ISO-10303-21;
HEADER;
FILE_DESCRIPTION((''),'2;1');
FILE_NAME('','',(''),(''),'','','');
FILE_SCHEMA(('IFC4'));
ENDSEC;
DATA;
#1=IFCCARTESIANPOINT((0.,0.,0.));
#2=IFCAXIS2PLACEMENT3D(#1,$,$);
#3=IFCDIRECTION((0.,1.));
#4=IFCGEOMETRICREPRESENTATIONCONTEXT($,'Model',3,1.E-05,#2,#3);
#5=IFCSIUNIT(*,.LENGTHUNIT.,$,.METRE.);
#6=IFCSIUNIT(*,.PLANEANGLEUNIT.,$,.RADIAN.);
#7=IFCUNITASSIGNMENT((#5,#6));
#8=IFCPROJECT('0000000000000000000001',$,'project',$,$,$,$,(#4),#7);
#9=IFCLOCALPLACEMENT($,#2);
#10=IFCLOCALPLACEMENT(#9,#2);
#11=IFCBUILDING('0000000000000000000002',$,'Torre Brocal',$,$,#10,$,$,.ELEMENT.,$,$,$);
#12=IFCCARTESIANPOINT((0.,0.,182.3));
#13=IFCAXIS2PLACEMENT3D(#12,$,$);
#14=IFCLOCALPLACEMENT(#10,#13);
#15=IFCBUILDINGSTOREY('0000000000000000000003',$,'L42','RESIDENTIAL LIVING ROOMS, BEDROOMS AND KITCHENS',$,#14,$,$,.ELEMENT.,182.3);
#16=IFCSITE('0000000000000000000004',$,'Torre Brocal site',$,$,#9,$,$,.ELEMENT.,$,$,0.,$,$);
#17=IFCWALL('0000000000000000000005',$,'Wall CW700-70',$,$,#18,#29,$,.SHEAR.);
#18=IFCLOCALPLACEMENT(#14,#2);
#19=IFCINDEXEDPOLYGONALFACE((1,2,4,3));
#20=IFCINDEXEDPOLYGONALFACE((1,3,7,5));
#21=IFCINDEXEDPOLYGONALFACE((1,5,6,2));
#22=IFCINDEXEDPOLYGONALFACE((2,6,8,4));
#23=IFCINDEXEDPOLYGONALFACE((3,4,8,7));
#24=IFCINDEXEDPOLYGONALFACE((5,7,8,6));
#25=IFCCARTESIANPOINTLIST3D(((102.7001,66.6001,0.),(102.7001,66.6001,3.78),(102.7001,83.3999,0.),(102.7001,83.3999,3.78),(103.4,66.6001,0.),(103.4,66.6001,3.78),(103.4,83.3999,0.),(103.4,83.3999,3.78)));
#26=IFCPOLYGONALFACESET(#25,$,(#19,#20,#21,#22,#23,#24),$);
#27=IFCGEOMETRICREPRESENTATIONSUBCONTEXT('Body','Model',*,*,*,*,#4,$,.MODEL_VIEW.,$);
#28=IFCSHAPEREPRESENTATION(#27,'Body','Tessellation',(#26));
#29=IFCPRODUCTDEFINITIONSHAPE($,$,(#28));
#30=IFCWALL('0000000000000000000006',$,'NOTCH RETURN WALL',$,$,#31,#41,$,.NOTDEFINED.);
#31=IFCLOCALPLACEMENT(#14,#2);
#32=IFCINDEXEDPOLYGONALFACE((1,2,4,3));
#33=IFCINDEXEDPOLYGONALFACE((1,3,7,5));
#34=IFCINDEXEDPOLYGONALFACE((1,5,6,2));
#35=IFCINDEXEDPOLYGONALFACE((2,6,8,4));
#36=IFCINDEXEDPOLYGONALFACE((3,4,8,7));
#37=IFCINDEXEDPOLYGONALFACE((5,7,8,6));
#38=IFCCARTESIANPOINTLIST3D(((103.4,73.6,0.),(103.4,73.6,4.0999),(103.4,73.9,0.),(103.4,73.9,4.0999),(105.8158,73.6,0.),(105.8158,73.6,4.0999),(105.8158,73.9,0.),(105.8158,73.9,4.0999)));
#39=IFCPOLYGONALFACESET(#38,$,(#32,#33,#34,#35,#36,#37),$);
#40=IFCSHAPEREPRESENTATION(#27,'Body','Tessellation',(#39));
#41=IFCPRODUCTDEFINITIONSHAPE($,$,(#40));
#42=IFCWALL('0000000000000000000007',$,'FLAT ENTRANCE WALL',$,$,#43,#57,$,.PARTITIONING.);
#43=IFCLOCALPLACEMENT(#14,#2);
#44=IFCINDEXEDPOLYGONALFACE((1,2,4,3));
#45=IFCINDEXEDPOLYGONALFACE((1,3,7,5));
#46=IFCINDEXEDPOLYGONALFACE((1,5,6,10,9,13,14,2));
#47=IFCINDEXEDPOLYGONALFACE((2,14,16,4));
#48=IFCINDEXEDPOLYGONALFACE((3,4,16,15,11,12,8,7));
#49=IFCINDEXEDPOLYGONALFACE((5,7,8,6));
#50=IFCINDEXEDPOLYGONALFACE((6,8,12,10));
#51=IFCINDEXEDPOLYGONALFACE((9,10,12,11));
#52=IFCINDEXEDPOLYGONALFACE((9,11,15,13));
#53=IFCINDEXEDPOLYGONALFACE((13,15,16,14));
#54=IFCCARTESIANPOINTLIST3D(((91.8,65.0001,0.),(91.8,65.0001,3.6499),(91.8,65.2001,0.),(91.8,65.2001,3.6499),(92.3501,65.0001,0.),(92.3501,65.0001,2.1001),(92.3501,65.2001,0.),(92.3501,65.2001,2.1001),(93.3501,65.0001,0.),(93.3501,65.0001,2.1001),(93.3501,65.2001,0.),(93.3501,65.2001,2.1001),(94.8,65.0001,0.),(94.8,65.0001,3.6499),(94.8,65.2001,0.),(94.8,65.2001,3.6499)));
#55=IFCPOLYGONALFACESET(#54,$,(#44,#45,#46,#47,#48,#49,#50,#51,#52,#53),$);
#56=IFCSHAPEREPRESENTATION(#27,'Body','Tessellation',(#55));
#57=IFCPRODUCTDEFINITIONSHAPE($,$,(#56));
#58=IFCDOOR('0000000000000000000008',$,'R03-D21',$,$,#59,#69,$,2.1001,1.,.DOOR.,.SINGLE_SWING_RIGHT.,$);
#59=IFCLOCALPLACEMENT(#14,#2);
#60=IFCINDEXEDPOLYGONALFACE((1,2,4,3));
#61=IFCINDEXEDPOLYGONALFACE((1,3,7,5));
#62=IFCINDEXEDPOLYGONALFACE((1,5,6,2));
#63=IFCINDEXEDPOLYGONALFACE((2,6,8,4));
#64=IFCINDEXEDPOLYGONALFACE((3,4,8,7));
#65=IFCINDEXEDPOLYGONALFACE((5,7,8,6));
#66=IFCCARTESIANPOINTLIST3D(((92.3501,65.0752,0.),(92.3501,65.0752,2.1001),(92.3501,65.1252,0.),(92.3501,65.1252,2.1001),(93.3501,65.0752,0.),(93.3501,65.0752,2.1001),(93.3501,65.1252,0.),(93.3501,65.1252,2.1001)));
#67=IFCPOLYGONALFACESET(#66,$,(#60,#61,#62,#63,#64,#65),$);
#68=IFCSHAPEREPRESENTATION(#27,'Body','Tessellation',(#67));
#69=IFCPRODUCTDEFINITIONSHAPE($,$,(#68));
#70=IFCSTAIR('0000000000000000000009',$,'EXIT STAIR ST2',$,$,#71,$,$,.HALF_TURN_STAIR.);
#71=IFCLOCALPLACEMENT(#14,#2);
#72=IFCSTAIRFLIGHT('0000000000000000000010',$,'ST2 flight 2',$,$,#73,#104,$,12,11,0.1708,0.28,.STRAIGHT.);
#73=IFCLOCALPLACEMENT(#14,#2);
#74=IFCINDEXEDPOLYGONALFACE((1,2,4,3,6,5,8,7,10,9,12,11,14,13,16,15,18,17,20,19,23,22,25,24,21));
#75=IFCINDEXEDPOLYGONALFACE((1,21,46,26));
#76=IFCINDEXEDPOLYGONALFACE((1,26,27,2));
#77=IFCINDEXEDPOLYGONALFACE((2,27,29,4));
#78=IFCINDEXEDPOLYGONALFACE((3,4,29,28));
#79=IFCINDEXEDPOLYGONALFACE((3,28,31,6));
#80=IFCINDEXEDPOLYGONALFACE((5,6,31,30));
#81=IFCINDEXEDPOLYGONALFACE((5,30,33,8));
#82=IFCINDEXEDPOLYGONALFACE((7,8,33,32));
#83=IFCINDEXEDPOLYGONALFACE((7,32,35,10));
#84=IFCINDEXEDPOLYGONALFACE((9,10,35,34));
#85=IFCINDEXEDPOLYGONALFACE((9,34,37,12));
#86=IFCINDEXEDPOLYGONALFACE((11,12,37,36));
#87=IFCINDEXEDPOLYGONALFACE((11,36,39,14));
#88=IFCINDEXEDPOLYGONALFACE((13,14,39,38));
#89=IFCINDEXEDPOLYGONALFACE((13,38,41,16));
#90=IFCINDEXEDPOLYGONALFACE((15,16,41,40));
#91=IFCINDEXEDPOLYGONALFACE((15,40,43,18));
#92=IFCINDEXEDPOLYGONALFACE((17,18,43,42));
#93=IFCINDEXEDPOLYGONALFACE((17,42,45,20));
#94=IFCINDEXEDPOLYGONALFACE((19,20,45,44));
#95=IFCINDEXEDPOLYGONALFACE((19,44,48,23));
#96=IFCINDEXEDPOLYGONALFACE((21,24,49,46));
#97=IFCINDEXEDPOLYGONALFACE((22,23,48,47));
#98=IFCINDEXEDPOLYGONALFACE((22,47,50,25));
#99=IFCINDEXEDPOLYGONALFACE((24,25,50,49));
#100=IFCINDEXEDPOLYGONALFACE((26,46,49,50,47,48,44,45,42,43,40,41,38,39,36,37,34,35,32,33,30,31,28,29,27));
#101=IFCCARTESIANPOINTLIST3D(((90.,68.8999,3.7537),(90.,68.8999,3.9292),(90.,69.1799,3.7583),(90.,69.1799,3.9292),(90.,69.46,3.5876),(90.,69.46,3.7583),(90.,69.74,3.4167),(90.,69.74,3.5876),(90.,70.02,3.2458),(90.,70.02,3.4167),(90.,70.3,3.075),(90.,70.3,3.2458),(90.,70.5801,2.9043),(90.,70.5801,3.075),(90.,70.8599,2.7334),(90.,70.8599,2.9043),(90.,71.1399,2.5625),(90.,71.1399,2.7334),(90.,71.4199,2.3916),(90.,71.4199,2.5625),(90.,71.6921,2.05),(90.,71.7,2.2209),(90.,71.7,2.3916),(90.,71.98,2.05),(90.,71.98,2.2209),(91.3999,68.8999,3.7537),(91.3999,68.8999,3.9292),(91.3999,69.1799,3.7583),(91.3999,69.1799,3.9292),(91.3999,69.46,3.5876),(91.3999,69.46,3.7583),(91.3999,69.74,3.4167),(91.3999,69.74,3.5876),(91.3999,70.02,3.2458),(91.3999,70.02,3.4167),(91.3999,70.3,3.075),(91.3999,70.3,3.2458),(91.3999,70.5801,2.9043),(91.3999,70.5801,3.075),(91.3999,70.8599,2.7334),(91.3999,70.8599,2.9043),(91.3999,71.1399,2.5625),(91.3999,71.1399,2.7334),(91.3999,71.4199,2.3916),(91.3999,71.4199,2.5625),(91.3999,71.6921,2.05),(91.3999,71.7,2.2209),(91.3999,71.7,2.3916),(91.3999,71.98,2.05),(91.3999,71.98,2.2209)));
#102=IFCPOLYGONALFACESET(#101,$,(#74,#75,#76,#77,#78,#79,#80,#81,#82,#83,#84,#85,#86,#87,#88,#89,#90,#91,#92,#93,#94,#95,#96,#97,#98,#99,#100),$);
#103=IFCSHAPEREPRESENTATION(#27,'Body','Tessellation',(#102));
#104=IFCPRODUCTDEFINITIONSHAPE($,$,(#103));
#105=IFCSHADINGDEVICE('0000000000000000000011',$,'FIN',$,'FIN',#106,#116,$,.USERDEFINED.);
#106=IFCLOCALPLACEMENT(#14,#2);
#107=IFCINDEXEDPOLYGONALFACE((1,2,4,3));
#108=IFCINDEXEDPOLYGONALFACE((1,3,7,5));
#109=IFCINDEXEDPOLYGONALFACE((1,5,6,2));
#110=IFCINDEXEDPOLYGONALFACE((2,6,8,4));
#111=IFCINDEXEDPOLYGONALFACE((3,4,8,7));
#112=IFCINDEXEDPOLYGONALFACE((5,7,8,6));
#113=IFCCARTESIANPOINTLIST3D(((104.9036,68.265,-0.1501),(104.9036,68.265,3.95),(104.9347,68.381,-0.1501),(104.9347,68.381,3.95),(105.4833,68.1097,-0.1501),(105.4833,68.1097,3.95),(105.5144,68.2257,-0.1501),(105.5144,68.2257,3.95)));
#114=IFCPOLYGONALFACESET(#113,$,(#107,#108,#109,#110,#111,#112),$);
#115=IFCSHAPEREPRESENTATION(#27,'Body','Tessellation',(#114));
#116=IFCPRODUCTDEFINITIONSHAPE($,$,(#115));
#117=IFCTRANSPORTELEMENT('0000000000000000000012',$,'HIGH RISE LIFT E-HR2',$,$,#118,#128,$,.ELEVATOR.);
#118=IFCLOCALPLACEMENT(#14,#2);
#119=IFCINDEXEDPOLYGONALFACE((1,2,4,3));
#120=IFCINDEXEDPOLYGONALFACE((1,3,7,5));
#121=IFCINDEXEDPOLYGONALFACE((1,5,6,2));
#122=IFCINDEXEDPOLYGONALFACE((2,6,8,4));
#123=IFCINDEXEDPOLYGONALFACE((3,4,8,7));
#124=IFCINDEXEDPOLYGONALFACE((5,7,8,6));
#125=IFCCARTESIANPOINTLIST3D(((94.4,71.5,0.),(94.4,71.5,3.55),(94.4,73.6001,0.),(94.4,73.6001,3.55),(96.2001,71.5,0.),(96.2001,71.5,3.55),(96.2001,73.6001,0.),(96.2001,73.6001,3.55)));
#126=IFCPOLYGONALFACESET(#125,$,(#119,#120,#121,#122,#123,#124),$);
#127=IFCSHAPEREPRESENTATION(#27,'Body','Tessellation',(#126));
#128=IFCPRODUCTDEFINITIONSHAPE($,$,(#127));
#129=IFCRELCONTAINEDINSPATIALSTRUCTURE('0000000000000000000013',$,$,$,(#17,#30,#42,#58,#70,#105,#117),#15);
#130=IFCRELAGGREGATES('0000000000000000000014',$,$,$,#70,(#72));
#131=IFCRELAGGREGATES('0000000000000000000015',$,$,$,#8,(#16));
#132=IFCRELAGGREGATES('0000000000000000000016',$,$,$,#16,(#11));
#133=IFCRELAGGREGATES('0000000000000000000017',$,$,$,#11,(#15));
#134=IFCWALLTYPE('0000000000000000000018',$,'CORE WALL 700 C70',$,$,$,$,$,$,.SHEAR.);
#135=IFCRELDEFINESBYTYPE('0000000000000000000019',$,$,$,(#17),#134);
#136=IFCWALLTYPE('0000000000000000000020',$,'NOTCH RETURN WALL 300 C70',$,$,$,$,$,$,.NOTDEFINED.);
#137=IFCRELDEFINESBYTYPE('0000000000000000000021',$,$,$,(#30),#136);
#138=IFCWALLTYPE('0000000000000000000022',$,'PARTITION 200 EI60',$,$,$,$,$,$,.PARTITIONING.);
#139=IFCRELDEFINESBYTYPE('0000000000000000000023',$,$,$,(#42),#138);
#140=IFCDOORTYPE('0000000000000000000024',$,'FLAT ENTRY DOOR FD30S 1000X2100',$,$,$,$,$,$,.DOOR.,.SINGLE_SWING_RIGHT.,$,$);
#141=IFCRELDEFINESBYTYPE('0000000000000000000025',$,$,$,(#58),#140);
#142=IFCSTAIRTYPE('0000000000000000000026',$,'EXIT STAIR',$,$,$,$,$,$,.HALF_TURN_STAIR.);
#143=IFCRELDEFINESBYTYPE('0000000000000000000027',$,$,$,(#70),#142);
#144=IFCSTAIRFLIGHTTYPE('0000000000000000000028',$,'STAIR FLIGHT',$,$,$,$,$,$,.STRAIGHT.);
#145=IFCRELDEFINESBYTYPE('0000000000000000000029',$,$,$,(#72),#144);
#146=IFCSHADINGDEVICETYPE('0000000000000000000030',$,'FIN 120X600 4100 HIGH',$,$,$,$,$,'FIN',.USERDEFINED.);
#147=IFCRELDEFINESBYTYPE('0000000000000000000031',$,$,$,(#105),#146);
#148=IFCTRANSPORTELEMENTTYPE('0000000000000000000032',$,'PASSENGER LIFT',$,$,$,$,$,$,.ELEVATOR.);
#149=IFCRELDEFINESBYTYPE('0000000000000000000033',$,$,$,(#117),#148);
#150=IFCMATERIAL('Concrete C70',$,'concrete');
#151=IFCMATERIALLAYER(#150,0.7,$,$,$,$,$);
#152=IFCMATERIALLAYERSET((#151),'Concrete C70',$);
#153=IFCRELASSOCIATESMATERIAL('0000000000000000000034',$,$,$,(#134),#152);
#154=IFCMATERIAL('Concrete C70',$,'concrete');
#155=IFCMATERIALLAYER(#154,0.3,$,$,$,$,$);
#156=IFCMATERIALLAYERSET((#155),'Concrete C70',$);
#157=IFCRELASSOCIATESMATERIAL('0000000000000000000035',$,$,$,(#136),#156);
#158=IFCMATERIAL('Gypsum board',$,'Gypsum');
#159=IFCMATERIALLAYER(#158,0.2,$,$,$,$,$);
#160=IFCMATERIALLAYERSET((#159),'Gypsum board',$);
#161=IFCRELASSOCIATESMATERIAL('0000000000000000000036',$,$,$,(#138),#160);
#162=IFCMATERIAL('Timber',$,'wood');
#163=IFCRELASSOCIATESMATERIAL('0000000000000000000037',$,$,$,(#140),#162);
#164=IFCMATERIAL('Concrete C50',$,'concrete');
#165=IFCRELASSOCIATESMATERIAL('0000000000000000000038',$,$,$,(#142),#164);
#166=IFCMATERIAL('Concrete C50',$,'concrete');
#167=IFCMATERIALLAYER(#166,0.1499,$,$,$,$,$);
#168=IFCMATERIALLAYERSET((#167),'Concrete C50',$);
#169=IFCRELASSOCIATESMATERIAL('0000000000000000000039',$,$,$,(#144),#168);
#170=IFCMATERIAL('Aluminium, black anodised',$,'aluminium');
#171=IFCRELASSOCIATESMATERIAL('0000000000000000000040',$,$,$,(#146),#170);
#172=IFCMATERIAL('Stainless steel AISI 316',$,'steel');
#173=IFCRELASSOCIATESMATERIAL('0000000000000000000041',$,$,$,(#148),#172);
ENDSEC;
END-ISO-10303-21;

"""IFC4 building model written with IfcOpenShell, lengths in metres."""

from ifc_helpers import new_model, si_unit, direction, frame, frame_2d, origin, origin_2d, place, context, subcontext, project, spatial, polyline, rectangle, outline, extrude, material, layer, layer_set, material_profile, profile_set, type_object, element, fill, aggregate, save


model = new_model("IFC4")

# Units and contexts
model_context = context("Model", 3, precision=1e-05, world=origin(), true_north=direction((0.0, 1.0)))
body_context = subcontext(model_context, "Body", "Model", "MODEL_VIEW")
ifc_project = project(units=[si_unit("LENGTHUNIT", "METRE"), si_unit("PLANEANGLEUNIT", "RADIAN")], contexts=[model_context])

# Site, building, storey
site_placement = place(None, origin())
site = spatial("IfcSite", under=ifc_project, at=site_placement, Name="Torre Brocal site", CompositionType="ELEMENT", RefElevation=0.0)
building_placement = place(site_placement, origin())
building = spatial("IfcBuilding", under=site, at=building_placement, Name="Torre Brocal", CompositionType="ELEMENT")
storey_placement = place(building_placement, frame((0.0, 0.0, 182.3)))
storey = spatial("IfcBuildingStorey", under=building, at=storey_placement, Name="L42", Description="RESIDENTIAL LIVING ROOMS, BEDROOMS AND KITCHENS", CompositionType="ELEMENT", Elevation=182.3)

# Walls
ifc_material_1 = material(Name="Concrete C70", Category="concrete")
ifc_layer_1 = layer(ifc_material_1, 0.7)
ifc_layer_set_1 = layer_set([ifc_layer_1], Name="Concrete C70")
wall_type_1 = type_object("IfcWallType", Name="CORE WALL 700 C70", PredefinedType="SHEAR", material=ifc_layer_set_1)
wall_1_placement = place(storey_placement, frame((103.05, 66.6001, 0.0), z_axis=(0.0, 0.0, 1.0), x_axis=(0.0, 1.0, 0.0)))
element("IfcWall", 1, at=wall_1_placement, inside=storey, type_object=wall_type_1, Name="Wall CW700-70", PredefinedType="SHEAR", context=body_context, shape_type="SweptSolid", body=[
    extrude(rectangle(XDim=16.7998, YDim=0.7, at=frame_2d((8.3999, 0.0))), origin(), (0.0, 0.0, 1.0), 3.78),
])
ifc_material_2 = material(Name="Concrete C70", Category="concrete")
ifc_layer_2 = layer(ifc_material_2, 0.3)
ifc_layer_set_2 = layer_set([ifc_layer_2], Name="Concrete C70")
wall_type_2 = type_object("IfcWallType", Name="NOTCH RETURN WALL 300 C70", PredefinedType="NOTDEFINED", material=ifc_layer_set_2)
wall_2_placement = place(storey_placement, frame((103.3999, 73.75, 0.0), z_axis=(0.0, 0.0, 1.0), x_axis=(1.0, 0.0, 0.0)))
element("IfcWall", 2, at=wall_2_placement, inside=storey, type_object=wall_type_2, Name="NOTCH RETURN WALL", PredefinedType="NOTDEFINED", context=body_context, shape_type="SweptSolid", body=[
    extrude(rectangle(XDim=2.4158, YDim=0.3, at=frame_2d((1.208, 0.0))), origin(), (0.0, 0.0, 1.0), 4.0999),
])

# Wall, opening, door
ifc_material_3 = material(Name="Gypsum board", Category="Gypsum")
ifc_layer_3 = layer(ifc_material_3, 0.2)
ifc_layer_set_3 = layer_set([ifc_layer_3], Name="Gypsum board")
wall_type_3 = type_object("IfcWallType", Name="PARTITION 200 EI60", PredefinedType="PARTITIONING", material=ifc_layer_set_3)
wall_3_placement = place(storey_placement, frame((91.8, 65.1001, 0.0), z_axis=(0.0, 0.0, 1.0), x_axis=(1.0, 0.0, 0.0)))
wall_3 = element("IfcWall", 3, at=wall_3_placement, inside=storey, type_object=wall_type_3, Name="FLAT ENTRANCE WALL", PredefinedType="PARTITIONING", context=body_context, shape_type="SweptSolid", body=[
    extrude(rectangle(XDim=3.0, YDim=0.2, at=frame_2d((1.5, 0.0))), origin(), (0.0, 0.0, 1.0), 3.6499),
])
opening_1_placement = place(wall_3_placement, frame((0.55, 0.0, 0.0)))
opening_1 = element("IfcOpeningElement", 4, at=opening_1_placement, cuts=wall_3, PredefinedType="OPENING", context=body_context, shape_type="SweptSolid", body=[
    extrude(rectangle(XDim=1.0, YDim=2.1001, at=frame_2d((0.5, 1.05))), frame((0.0, 0.1099, 0.0), z_axis=(0.0, -1.0, 0.0), x_axis=(1.0, 0.0, 0.0)), (0.0, 0.0, 1.0), 0.22),
])
ifc_material_4 = material(Name="Timber", Category="wood")
door_type_1 = type_object("IfcDoorType", Name="FLAT ENTRY DOOR FD30S 1000X2100", OperationType="SINGLE_SWING_RIGHT", PredefinedType="DOOR", material=ifc_material_4)
door_1_placement = place(opening_1_placement, frame((1.0, 0.0, 0.0), z_axis=(0.0, 0.0, 1.0), x_axis=(-1.0, 0.0, 0.0)))
door_1 = element("IfcDoor", 5, at=door_1_placement, inside=storey, type_object=door_type_1, Name="R03-D21", OperationType="SINGLE_SWING_RIGHT", OverallHeight=2.1001, OverallWidth=1.0, PredefinedType="DOOR", context=body_context, shape_type="SweptSolid", body=[
    extrude(rectangle(XDim=1.0, YDim=2.1001, at=frame_2d((0.5, 1.05))), frame((0.0, 0.0249, 0.0), z_axis=(0.0, -1.0, 0.0), x_axis=(1.0, 0.0, 0.0)), (0.0, 0.0, 1.0), 0.05),
])
fill(opening_1, door_1)

# Stair, stair flight
ifc_material_5 = material(Name="Concrete C50", Category="concrete")
stair_type = type_object("IfcStairType", Name="EXIT STAIR", PredefinedType="HALF_TURN_STAIR", material=ifc_material_5)
stair_placement = place(storey_placement, origin())
stair = element("IfcStair", 6, at=stair_placement, inside=storey, type_object=stair_type, Name="EXIT STAIR ST2", PredefinedType="HALF_TURN_STAIR")
ifc_material_6 = material(Name="Concrete C50", Category="concrete")
ifc_layer_4 = layer(ifc_material_6, 0.1499)
ifc_layer_set_4 = layer_set([ifc_layer_4], Name="Concrete C50")
stair_flight_type = type_object("IfcStairFlightType", Name="STAIR FLIGHT", PredefinedType="STRAIGHT", material=ifc_layer_set_4)
stair_flight_placement = place(storey_placement, frame((90.7, 71.98, 2.05), z_axis=(0.0, 0.0, 1.0), x_axis=(0.0, -1.0, 0.0)))
stair_flight = element("IfcStairFlight", 7, at=stair_flight_placement, type_object=stair_flight_type, Name="ST2 flight 2", NumberOfRisers=12, NumberOfTreads=11, PredefinedType="STRAIGHT", RiserHeight=0.1708, TreadLength=0.28, context=body_context, shape_type="SweptSolid", body=[
    extrude(outline(polyline([(0.0, 0.0), (0.0, 0.1709), (0.28, 0.1709), (0.28, 0.3416), (0.5601, 0.3416), (0.5601, 0.5125), (0.8401, 0.5125), (0.8401, 0.6833), (1.1201, 0.6833), (1.1201, 0.8542), (1.3999, 0.8542), (1.3999, 1.0249), (1.6799, 1.0249), (1.6799, 1.1958), (1.96, 1.1958), (1.96, 1.3667), (2.24, 1.3667), (2.24, 1.5376), (2.52, 1.5376), (2.52, 1.7083), (2.8, 1.7083), (2.8, 1.8792), (3.0801, 1.8792), (3.0801, 2.05), (3.0801, 1.7036), (0.2878, 0.0), (0.0, 0.0)])), frame((0.0, 0.7, 0.0), z_axis=(0.0, -1.0, 0.0), x_axis=(1.0, 0.0, 0.0)), (0.0, 0.0, 1.0), 1.3999),
])
aggregate(stair, [stair_flight])

# Shading device
ifc_material_7 = material(Name="Aluminium, black anodised", Category="aluminium")
ifc_material_profile_1 = material_profile(ifc_material_7, rectangle(XDim=0.1201, YDim=0.6001, at=origin_2d()), Name="FIN 120X600 4100 HIGH")
ifc_profile_set_1 = profile_set([ifc_material_profile_1], Name="Aluminium, black anodised")
shading_device_type = type_object("IfcShadingDeviceType", Name="FIN 120X600 4100 HIGH", ElementType="FIN", PredefinedType="USERDEFINED", material=ifc_profile_set_1)
shading_device_placement = place(storey_placement, frame((105.209, 68.2454, -0.1501), z_axis=(0.0, 0.0, 1.0), x_axis=(0.258819, 0.965926, 0.0)))
element("IfcShadingDevice", 8, at=shading_device_placement, inside=storey, type_object=shading_device_type, Name="FIN", ObjectType="FIN", PredefinedType="USERDEFINED", context=body_context, shape_type="SweptSolid", body=[
    extrude(rectangle(XDim=0.1201, YDim=0.6001, at=origin_2d()), origin(), (0.0, 0.0, 1.0), 4.1001),
])

# Transport element
ifc_material_8 = material(Name="Stainless steel AISI 316", Category="steel")
transport_element_type = type_object("IfcTransportElementType", Name="PASSENGER LIFT", PredefinedType="ELEVATOR", material=ifc_material_8)
transport_element_placement = place(storey_placement, frame((95.3, 72.55, 0.0), z_axis=(0.0, 0.0, 1.0), x_axis=(1.0, 0.0, 0.0)))
element("IfcTransportElement", 9, at=transport_element_placement, inside=storey, type_object=transport_element_type, Name="HIGH RISE LIFT E-HR2", PredefinedType="ELEVATOR", context=body_context, shape_type="SweptSolid", body=[
    extrude(rectangle(XDim=1.8, YDim=2.1001, at=origin_2d()), origin(), (0.0, 0.0, 1.0), 3.55),
])

save(model, "model.ifc")
